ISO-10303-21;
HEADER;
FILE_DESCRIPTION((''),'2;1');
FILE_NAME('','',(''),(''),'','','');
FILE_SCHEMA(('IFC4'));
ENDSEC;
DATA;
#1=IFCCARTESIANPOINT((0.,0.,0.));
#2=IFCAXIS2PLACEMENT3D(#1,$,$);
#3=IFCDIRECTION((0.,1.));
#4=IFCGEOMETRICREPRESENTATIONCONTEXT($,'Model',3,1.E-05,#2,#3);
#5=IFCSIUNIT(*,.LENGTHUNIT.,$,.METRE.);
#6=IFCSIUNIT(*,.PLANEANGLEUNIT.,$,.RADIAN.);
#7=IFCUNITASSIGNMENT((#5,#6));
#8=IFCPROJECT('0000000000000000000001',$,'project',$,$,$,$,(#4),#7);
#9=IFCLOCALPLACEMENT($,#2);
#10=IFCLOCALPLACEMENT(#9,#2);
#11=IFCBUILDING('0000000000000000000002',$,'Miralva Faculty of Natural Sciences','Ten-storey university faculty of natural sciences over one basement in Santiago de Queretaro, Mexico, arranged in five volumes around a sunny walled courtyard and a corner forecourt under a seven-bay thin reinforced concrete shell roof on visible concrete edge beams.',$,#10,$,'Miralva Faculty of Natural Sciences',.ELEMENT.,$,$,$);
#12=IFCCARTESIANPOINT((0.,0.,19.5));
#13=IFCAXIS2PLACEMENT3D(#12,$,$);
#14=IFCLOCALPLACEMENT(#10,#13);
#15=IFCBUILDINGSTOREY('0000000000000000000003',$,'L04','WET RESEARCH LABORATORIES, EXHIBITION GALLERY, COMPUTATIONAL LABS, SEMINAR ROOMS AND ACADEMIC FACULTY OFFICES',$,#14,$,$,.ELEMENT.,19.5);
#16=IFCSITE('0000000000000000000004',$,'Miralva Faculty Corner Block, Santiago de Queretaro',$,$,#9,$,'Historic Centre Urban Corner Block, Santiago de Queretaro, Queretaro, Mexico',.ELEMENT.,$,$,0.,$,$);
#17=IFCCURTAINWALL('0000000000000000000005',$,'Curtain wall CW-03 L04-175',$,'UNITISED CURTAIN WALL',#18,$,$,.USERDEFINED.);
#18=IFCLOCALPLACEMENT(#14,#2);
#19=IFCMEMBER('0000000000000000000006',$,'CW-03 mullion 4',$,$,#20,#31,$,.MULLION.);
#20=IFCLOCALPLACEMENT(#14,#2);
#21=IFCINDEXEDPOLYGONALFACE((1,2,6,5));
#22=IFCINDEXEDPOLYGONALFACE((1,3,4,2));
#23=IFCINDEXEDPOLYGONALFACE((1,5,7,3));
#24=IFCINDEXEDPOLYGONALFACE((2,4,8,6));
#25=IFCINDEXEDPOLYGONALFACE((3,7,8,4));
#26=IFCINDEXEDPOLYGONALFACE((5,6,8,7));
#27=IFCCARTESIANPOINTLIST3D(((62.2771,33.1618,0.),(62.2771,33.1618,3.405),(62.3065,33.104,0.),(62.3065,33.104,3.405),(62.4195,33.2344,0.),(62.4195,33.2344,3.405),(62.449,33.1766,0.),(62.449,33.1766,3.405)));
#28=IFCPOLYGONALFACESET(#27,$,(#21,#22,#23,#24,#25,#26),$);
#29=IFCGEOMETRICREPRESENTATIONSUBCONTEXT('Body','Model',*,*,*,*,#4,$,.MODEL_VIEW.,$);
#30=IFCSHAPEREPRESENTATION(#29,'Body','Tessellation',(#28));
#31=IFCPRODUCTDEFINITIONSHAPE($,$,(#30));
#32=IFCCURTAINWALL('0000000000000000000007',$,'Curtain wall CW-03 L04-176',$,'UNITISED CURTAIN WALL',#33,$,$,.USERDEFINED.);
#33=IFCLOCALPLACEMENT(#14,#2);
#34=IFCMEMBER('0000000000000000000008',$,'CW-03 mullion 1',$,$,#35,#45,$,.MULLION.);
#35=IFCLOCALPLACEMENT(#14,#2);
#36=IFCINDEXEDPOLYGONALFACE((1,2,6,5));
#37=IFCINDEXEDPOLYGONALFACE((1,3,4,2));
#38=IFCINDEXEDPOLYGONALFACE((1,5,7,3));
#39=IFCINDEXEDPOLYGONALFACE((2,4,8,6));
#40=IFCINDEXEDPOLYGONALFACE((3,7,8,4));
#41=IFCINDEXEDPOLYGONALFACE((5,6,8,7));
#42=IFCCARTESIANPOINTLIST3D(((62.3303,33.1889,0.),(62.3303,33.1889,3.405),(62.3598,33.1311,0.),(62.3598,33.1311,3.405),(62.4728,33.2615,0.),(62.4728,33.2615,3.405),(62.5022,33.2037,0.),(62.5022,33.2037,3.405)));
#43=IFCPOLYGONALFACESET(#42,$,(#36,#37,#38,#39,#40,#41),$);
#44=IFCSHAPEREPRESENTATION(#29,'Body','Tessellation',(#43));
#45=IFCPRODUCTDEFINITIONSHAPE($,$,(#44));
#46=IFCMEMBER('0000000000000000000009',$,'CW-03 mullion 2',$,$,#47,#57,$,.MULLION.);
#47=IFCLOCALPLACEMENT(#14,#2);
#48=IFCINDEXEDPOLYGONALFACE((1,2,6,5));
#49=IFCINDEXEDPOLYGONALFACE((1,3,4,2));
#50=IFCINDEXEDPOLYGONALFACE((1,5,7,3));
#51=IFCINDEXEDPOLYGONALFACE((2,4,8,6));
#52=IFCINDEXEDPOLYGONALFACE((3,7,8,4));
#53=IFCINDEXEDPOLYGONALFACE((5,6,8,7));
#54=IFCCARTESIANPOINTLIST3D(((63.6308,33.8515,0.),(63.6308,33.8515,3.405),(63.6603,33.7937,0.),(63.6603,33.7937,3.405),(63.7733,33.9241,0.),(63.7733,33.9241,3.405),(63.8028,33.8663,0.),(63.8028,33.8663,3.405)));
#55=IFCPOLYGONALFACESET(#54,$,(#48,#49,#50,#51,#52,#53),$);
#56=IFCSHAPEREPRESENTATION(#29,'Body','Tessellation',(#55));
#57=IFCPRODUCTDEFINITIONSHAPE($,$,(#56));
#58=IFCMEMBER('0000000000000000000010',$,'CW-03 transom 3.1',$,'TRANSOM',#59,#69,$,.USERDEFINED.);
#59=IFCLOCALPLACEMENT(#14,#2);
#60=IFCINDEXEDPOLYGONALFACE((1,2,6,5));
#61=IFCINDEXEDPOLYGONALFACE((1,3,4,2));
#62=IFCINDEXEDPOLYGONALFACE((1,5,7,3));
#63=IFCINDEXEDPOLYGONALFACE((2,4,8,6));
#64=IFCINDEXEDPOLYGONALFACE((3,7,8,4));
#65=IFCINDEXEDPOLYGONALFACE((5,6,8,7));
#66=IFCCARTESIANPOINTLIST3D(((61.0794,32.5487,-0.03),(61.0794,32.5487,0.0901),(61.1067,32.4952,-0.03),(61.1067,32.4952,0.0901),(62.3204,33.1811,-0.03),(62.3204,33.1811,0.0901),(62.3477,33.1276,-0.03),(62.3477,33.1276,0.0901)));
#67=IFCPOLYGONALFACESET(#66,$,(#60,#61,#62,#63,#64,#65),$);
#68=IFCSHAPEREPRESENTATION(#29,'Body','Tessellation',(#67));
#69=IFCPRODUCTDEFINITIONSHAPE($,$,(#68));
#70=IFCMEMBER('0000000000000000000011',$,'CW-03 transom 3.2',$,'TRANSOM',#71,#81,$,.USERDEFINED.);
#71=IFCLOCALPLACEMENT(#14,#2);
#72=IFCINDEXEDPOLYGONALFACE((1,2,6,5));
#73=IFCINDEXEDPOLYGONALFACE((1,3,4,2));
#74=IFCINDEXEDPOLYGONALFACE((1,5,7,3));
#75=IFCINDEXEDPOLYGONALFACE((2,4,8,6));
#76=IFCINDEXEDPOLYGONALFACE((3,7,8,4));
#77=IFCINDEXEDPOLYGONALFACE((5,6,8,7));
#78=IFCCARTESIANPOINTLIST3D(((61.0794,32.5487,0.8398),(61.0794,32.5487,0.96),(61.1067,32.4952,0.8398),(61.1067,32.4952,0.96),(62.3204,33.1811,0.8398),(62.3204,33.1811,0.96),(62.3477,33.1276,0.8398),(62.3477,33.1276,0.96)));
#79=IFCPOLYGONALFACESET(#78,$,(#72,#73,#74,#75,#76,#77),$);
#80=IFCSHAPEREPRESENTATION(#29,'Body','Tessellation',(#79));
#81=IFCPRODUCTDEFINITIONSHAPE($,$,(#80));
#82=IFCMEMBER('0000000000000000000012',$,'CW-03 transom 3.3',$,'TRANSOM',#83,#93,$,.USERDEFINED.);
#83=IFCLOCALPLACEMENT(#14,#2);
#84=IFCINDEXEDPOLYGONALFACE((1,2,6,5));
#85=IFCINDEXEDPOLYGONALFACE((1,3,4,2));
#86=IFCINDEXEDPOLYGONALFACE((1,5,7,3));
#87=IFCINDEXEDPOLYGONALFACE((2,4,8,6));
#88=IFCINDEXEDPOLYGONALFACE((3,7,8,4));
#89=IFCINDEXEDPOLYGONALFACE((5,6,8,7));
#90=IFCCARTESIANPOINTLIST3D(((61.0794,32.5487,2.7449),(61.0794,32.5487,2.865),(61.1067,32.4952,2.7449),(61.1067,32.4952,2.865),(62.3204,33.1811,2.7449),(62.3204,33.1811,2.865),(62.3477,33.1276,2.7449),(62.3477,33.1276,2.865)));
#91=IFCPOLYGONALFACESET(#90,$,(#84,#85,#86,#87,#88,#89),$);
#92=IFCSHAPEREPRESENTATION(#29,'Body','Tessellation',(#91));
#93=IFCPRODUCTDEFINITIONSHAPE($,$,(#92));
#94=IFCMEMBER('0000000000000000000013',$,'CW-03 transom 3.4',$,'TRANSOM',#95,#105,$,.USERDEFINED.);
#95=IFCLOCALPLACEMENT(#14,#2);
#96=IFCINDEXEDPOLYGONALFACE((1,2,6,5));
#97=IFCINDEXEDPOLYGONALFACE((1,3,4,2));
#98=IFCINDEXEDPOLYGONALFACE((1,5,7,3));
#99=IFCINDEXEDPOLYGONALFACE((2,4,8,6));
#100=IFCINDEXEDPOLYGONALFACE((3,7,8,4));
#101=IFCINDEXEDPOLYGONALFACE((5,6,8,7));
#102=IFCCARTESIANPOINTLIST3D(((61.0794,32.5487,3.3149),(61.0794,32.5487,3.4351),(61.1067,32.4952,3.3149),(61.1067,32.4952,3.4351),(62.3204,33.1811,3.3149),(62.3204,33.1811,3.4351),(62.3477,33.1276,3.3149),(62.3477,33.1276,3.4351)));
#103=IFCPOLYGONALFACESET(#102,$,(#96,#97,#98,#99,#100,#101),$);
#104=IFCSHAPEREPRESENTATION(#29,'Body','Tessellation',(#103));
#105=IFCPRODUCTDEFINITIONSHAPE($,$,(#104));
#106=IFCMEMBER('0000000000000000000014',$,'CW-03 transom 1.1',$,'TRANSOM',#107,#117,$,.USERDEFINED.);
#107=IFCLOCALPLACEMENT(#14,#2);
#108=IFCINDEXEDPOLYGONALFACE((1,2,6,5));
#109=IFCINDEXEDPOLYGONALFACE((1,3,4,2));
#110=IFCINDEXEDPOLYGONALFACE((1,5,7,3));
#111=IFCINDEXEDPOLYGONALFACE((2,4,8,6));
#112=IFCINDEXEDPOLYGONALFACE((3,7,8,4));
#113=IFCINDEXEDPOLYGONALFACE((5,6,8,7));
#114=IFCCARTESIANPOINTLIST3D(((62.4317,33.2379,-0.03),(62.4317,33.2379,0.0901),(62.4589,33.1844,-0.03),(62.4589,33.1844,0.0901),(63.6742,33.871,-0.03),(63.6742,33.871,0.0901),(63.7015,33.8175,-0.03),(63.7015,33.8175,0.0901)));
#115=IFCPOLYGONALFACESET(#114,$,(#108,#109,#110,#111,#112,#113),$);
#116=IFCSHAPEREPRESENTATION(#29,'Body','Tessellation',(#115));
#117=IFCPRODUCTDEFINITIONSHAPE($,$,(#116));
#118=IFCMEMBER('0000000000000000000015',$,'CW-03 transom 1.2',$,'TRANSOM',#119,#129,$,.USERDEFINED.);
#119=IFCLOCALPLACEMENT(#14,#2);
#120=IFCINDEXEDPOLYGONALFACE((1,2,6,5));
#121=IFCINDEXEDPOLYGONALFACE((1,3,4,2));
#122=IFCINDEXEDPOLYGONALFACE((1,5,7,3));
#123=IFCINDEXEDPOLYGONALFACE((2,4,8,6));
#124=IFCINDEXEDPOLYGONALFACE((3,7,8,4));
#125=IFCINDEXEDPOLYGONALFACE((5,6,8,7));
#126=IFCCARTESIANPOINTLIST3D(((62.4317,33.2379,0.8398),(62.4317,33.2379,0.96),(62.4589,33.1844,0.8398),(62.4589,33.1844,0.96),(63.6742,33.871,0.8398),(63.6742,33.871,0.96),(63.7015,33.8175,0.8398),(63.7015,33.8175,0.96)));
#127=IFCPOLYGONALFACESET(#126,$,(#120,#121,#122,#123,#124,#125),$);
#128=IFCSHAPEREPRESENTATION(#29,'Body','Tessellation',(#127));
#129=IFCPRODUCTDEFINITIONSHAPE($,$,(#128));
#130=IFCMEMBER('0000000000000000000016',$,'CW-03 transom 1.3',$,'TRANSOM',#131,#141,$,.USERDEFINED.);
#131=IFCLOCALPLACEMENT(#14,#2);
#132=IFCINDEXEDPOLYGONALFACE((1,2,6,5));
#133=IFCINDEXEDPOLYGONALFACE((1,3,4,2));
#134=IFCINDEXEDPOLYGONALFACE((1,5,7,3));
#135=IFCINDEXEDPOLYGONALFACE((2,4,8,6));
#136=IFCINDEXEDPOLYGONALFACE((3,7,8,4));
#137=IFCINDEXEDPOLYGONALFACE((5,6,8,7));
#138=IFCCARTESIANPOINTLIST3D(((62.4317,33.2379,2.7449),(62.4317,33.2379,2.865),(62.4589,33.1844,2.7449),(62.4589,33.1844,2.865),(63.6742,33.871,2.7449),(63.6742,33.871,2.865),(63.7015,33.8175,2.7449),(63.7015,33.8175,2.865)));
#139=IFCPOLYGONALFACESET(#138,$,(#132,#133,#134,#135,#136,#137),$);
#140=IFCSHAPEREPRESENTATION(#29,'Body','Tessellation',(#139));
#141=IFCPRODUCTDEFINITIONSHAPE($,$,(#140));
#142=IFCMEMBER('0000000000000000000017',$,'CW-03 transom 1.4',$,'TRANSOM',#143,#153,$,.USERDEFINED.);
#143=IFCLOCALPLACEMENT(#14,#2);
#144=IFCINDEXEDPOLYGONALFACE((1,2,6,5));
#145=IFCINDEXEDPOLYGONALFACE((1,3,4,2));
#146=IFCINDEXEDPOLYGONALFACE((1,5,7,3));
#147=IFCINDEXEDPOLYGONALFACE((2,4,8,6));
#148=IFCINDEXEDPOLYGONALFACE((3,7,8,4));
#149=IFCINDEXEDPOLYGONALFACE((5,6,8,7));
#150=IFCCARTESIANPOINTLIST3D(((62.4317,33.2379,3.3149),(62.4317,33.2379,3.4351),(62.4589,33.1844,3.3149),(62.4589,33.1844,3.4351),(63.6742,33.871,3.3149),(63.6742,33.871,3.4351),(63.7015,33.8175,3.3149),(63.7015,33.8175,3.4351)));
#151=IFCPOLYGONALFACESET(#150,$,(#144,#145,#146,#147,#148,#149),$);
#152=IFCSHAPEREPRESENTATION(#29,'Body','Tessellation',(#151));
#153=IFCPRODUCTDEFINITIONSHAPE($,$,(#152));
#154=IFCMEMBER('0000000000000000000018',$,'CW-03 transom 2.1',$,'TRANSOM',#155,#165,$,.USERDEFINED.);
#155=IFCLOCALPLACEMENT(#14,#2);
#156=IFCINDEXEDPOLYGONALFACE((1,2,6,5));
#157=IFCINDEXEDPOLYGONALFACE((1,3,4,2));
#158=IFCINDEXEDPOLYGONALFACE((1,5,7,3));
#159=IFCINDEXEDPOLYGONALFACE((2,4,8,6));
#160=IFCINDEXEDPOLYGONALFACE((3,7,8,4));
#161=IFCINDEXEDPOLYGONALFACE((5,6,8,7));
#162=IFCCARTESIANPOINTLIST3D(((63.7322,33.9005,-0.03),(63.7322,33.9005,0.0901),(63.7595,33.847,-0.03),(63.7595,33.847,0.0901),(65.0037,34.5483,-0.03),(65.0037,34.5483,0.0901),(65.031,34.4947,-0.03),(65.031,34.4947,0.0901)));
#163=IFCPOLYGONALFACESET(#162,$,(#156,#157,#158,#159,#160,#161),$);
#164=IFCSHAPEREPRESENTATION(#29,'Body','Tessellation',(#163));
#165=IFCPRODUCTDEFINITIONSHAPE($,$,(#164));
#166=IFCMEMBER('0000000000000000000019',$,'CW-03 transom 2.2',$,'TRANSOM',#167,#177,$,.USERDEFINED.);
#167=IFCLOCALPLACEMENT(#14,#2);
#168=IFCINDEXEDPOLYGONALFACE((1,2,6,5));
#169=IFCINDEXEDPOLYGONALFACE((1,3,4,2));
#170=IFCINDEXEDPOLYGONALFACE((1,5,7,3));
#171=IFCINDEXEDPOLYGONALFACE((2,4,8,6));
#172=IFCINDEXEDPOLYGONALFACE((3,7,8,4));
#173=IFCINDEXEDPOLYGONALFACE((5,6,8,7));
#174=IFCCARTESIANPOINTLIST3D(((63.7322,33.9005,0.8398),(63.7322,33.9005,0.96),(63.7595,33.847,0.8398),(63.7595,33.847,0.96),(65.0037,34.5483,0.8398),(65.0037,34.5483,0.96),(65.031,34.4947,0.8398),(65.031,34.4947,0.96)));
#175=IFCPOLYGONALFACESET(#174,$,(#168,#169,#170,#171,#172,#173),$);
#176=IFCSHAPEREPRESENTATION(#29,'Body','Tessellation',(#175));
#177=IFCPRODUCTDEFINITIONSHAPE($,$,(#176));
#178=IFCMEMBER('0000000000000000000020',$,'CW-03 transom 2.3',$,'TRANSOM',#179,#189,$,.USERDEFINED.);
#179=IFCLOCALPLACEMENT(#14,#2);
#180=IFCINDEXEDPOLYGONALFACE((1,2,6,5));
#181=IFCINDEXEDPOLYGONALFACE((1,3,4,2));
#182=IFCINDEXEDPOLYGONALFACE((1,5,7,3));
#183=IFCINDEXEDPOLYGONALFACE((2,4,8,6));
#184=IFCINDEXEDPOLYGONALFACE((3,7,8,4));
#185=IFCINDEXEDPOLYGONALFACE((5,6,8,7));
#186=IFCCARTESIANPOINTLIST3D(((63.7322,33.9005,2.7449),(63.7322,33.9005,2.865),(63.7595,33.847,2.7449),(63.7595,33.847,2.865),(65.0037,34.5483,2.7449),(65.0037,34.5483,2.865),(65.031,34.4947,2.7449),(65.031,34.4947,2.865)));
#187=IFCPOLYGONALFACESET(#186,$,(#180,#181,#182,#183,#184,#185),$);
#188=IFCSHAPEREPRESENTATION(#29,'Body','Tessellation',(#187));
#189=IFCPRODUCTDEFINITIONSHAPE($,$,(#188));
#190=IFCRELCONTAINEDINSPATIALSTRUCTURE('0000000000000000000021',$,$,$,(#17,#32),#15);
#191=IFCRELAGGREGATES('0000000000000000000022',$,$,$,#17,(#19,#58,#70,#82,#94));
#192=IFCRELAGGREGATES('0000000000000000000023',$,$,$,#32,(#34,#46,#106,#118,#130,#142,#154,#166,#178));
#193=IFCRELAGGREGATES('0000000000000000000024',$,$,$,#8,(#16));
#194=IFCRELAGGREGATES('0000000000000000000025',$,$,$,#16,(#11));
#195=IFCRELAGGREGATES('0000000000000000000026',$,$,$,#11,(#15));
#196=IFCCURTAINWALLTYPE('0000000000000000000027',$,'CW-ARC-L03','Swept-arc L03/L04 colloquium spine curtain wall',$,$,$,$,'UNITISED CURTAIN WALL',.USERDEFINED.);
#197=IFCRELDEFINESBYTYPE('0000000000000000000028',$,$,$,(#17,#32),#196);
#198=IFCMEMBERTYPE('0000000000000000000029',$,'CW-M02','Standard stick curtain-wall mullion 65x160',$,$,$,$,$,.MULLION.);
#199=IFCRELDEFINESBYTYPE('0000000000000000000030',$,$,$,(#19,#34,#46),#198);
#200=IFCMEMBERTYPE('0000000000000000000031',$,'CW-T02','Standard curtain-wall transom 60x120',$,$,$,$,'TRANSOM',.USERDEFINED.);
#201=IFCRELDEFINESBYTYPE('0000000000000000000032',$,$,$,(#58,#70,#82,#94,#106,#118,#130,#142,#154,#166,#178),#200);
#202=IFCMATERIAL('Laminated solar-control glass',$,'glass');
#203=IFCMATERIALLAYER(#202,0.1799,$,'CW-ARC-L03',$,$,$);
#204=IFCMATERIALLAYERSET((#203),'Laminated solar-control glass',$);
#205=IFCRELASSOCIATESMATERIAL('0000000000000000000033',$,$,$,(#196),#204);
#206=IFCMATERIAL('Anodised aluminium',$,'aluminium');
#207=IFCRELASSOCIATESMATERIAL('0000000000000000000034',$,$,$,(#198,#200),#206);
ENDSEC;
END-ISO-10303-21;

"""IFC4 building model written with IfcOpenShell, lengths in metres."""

from ifc_helpers import new_model, si_unit, direction, frame, origin, origin_2d, place, context, subcontext, project, spatial, rectangle, extrude, material, layer, layer_set, material_profile, profile_set, type_object, element, aggregate, save


model = new_model("IFC4")

# Units and contexts
model_context = context("Model", 3, precision=1e-05, world=origin(), true_north=direction((0.0, 1.0)))
body_context = subcontext(model_context, "Body", "Model", "MODEL_VIEW")
ifc_project = project(units=[si_unit("LENGTHUNIT", "METRE"), si_unit("PLANEANGLEUNIT", "RADIAN")], contexts=[model_context])

# Site, building, storey
site_placement = place(None, origin())
site = spatial("IfcSite", under=ifc_project, at=site_placement, Name="Miralva Faculty Corner Block, Santiago de Queretaro", LongName="Historic Centre Urban Corner Block, Santiago de Queretaro, Queretaro, Mexico", CompositionType="ELEMENT", RefElevation=0.0)
building_placement = place(site_placement, origin())
building = spatial("IfcBuilding", under=site, at=building_placement, Name="Miralva Faculty of Natural Sciences", Description="Ten-storey university faculty of natural sciences over one basement in Santiago de Queretaro, Mexico, arranged in five volumes around a sunny walled courtyard and a corner forecourt under a seven-bay thin reinforced concrete shell roof on visible concrete edge beams.", LongName="Miralva Faculty of Natural Sciences", CompositionType="ELEMENT")
storey_placement = place(building_placement, frame((0.0, 0.0, 19.5)))
storey = spatial("IfcBuildingStorey", under=building, at=storey_placement, Name="L04", Description="WET RESEARCH LABORATORIES, EXHIBITION GALLERY, COMPUTATIONAL LABS, SEMINAR ROOMS AND ACADEMIC FACULTY OFFICES", CompositionType="ELEMENT", Elevation=19.5)

# Curtain wall, member
ifc_material_1 = material(Name="Laminated solar-control glass", Category="glass")
ifc_layer_1 = layer(ifc_material_1, 0.1799, Name="CW-ARC-L03")
ifc_layer_set_1 = layer_set([ifc_layer_1], Name="Laminated solar-control glass")
curtain_wall_type = type_object("IfcCurtainWallType", Name="CW-ARC-L03", Description="Swept-arc L03/L04 colloquium spine curtain wall", ElementType="UNITISED CURTAIN WALL", PredefinedType="USERDEFINED", material=ifc_layer_set_1)
curtain_wall_1_placement = place(storey_placement, origin())
curtain_wall_1 = element("IfcCurtainWall", 1, at=curtain_wall_1_placement, inside=storey, type_object=curtain_wall_type, Name="Curtain wall CW-03 L04-175", ObjectType="UNITISED CURTAIN WALL", PredefinedType="USERDEFINED")
ifc_material_2 = material(Name="Anodised aluminium", Category="aluminium")
ifc_material_profile_1 = material_profile(ifc_material_2, rectangle(XDim=0.0649, YDim=0.1599, at=origin_2d()), Name="MULLION 65x160")
ifc_profile_set_1 = profile_set([ifc_material_profile_1], Name="Anodised aluminium")
member_type_1 = type_object("IfcMemberType", Name="CW-M02", Description="Standard stick curtain-wall mullion 65x160", PredefinedType="MULLION", material=ifc_profile_set_1)
member_1_placement = place(storey_placement, frame((62.363, 33.1692, 0.0), z_axis=(0.0, 0.0, 1.0), x_axis=(-0.454, 0.891002, 0.0)))
member_1 = element("IfcMember", 2, at=member_1_placement, type_object=member_type_1, Name="CW-03 mullion 4", PredefinedType="MULLION", context=body_context, shape_type="SweptSolid", body=[
    extrude(rectangle(XDim=0.0649, YDim=0.1599, at=origin_2d()), origin(), (0.0, 0.0, 1.0), 3.405),
])

# Curtain wall, members
curtain_wall_2_placement = place(storey_placement, origin())
curtain_wall_2 = element("IfcCurtainWall", 3, at=curtain_wall_2_placement, inside=storey, type_object=curtain_wall_type, Name="Curtain wall CW-03 L04-176", ObjectType="UNITISED CURTAIN WALL", PredefinedType="USERDEFINED")
member_2_placement = place(storey_placement, frame((62.4163, 33.1963, 0.0), z_axis=(0.0, 0.0, 1.0), x_axis=(-0.453975, 0.891015, 0.0)))
member_2 = element("IfcMember", 4, at=member_2_placement, type_object=member_type_1, Name="CW-03 mullion 1", PredefinedType="MULLION", context=body_context, shape_type="SweptSolid", body=[
    extrude(rectangle(XDim=0.0649, YDim=0.1599, at=origin_2d()), origin(), (0.0, 0.0, 1.0), 3.405),
])
member_3_placement = place(storey_placement, frame((63.7168, 33.8589, 0.0), z_axis=(0.0, 0.0, 1.0), x_axis=(-0.453975, 0.891015, 0.0)))
member_3 = element("IfcMember", 5, at=member_3_placement, type_object=member_type_1, Name="CW-03 mullion 2", PredefinedType="MULLION", context=body_context, shape_type="SweptSolid", body=[
    extrude(rectangle(XDim=0.0649, YDim=0.1599, at=origin_2d()), origin(), (0.0, 0.0, 1.0), 3.405),
])

# Members
ifc_material_profile_2 = material_profile(ifc_material_2, rectangle(XDim=0.0601, YDim=0.1201, at=origin_2d()), Name="TRANSOM 60x120")
ifc_profile_set_2 = profile_set([ifc_material_profile_2], Name="Anodised aluminium")
member_type_2 = type_object("IfcMemberType", Name="CW-T02", Description="Standard curtain-wall transom 60x120", ElementType="TRANSOM", PredefinedType="USERDEFINED", material=ifc_profile_set_2)
member_4_placement = place(storey_placement, frame((61.093, 32.522, 0.03), z_axis=(0.891001, 0.454002, 0.0), x_axis=(-0.454002, 0.891001, 0.0)))
member_4 = element("IfcMember", 6, at=member_4_placement, type_object=member_type_2, Name="CW-03 transom 3.1", ObjectType="TRANSOM", PredefinedType="USERDEFINED", context=body_context, shape_type="SweptSolid", body=[
    extrude(rectangle(XDim=0.0601, YDim=0.1201, at=origin_2d()), origin(), (0.0, 0.0, 1.0), 1.3928),
])
member_5_placement = place(storey_placement, frame((61.093, 32.522, 0.8999), z_axis=(0.891001, 0.454002, 0.0), x_axis=(-0.454002, 0.891001, 0.0)))
member_5 = element("IfcMember", 7, at=member_5_placement, type_object=member_type_2, Name="CW-03 transom 3.2", ObjectType="TRANSOM", PredefinedType="USERDEFINED", context=body_context, shape_type="SweptSolid", body=[
    extrude(rectangle(XDim=0.0601, YDim=0.1201, at=origin_2d()), origin(), (0.0, 0.0, 1.0), 1.3928),
])
member_6_placement = place(storey_placement, frame((61.093, 32.522, 2.8049), z_axis=(0.891001, 0.454002, 0.0), x_axis=(-0.454002, 0.891001, 0.0)))
member_6 = element("IfcMember", 8, at=member_6_placement, type_object=member_type_2, Name="CW-03 transom 3.3", ObjectType="TRANSOM", PredefinedType="USERDEFINED", context=body_context, shape_type="SweptSolid", body=[
    extrude(rectangle(XDim=0.0601, YDim=0.1201, at=origin_2d()), origin(), (0.0, 0.0, 1.0), 1.3928),
])
member_7_placement = place(storey_placement, frame((61.093, 32.522, 3.375), z_axis=(0.891001, 0.454002, 0.0), x_axis=(-0.454002, 0.891001, 0.0)))
member_7 = element("IfcMember", 9, at=member_7_placement, type_object=member_type_2, Name="CW-03 transom 3.4", ObjectType="TRANSOM", PredefinedType="USERDEFINED", context=body_context, shape_type="SweptSolid", body=[
    extrude(rectangle(XDim=0.0601, YDim=0.1201, at=origin_2d()), origin(), (0.0, 0.0, 1.0), 1.3928),
])
member_8_placement = place(storey_placement, frame((62.4453, 33.2112, 0.03), z_axis=(0.891005, 0.453994, 0.0), x_axis=(-0.453994, 0.891005, 0.0)))
member_8 = element("IfcMember", 10, at=member_8_placement, type_object=member_type_2, Name="CW-03 transom 1.1", ObjectType="TRANSOM", PredefinedType="USERDEFINED", context=body_context, shape_type="SweptSolid", body=[
    extrude(rectangle(XDim=0.0601, YDim=0.1201, at=origin_2d()), origin(), (0.0, 0.0, 1.0), 1.3945),
])
member_9_placement = place(storey_placement, frame((62.4453, 33.2112, 0.8999), z_axis=(0.891005, 0.453994, 0.0), x_axis=(-0.453994, 0.891005, 0.0)))
member_9 = element("IfcMember", 11, at=member_9_placement, type_object=member_type_2, Name="CW-03 transom 1.2", ObjectType="TRANSOM", PredefinedType="USERDEFINED", context=body_context, shape_type="SweptSolid", body=[
    extrude(rectangle(XDim=0.0601, YDim=0.1201, at=origin_2d()), origin(), (0.0, 0.0, 1.0), 1.3945),
])
member_10_placement = place(storey_placement, frame((62.4453, 33.2112, 2.8049), z_axis=(0.891005, 0.453994, 0.0), x_axis=(-0.453994, 0.891005, 0.0)))
member_10 = element("IfcMember", 12, at=member_10_placement, type_object=member_type_2, Name="CW-03 transom 1.3", ObjectType="TRANSOM", PredefinedType="USERDEFINED", context=body_context, shape_type="SweptSolid", body=[
    extrude(rectangle(XDim=0.0601, YDim=0.1201, at=origin_2d()), origin(), (0.0, 0.0, 1.0), 1.3945),
])
member_11_placement = place(storey_placement, frame((62.4453, 33.2112, 3.375), z_axis=(0.891005, 0.453994, 0.0), x_axis=(-0.453994, 0.891005, 0.0)))
member_11 = element("IfcMember", 13, at=member_11_placement, type_object=member_type_2, Name="CW-03 transom 1.4", ObjectType="TRANSOM", PredefinedType="USERDEFINED", context=body_context, shape_type="SweptSolid", body=[
    extrude(rectangle(XDim=0.0601, YDim=0.1201, at=origin_2d()), origin(), (0.0, 0.0, 1.0), 1.3945),
])
member_12_placement = place(storey_placement, frame((63.7458, 33.8738, 0.03), z_axis=(0.891049, 0.453908, 0.0), x_axis=(-0.453908, 0.891049, 0.0)))
member_12 = element("IfcMember", 14, at=member_12_placement, type_object=member_type_2, Name="CW-03 transom 2.1", ObjectType="TRANSOM", PredefinedType="USERDEFINED", context=body_context, shape_type="SweptSolid", body=[
    extrude(rectangle(XDim=0.0601, YDim=0.1201, at=origin_2d()), origin(), (0.0, 0.0, 1.0), 1.427),
])
member_13_placement = place(storey_placement, frame((63.7458, 33.8738, 0.8999), z_axis=(0.891049, 0.453908, 0.0), x_axis=(-0.453908, 0.891049, 0.0)))
member_13 = element("IfcMember", 15, at=member_13_placement, type_object=member_type_2, Name="CW-03 transom 2.2", ObjectType="TRANSOM", PredefinedType="USERDEFINED", context=body_context, shape_type="SweptSolid", body=[
    extrude(rectangle(XDim=0.0601, YDim=0.1201, at=origin_2d()), origin(), (0.0, 0.0, 1.0), 1.427),
])
member_14_placement = place(storey_placement, frame((63.7458, 33.8738, 2.8049), z_axis=(0.891049, 0.453908, 0.0), x_axis=(-0.453908, 0.891049, 0.0)))
member_14 = element("IfcMember", 16, at=member_14_placement, type_object=member_type_2, Name="CW-03 transom 2.3", ObjectType="TRANSOM", PredefinedType="USERDEFINED", context=body_context, shape_type="SweptSolid", body=[
    extrude(rectangle(XDim=0.0601, YDim=0.1201, at=origin_2d()), origin(), (0.0, 0.0, 1.0), 1.427),
])

aggregate(curtain_wall_1, [member_1, member_4, member_5, member_6, member_7])
aggregate(curtain_wall_2, [member_2, member_3, member_8, member_9, member_10, member_11, member_12, member_13, member_14])

save(model, "model.ifc")
